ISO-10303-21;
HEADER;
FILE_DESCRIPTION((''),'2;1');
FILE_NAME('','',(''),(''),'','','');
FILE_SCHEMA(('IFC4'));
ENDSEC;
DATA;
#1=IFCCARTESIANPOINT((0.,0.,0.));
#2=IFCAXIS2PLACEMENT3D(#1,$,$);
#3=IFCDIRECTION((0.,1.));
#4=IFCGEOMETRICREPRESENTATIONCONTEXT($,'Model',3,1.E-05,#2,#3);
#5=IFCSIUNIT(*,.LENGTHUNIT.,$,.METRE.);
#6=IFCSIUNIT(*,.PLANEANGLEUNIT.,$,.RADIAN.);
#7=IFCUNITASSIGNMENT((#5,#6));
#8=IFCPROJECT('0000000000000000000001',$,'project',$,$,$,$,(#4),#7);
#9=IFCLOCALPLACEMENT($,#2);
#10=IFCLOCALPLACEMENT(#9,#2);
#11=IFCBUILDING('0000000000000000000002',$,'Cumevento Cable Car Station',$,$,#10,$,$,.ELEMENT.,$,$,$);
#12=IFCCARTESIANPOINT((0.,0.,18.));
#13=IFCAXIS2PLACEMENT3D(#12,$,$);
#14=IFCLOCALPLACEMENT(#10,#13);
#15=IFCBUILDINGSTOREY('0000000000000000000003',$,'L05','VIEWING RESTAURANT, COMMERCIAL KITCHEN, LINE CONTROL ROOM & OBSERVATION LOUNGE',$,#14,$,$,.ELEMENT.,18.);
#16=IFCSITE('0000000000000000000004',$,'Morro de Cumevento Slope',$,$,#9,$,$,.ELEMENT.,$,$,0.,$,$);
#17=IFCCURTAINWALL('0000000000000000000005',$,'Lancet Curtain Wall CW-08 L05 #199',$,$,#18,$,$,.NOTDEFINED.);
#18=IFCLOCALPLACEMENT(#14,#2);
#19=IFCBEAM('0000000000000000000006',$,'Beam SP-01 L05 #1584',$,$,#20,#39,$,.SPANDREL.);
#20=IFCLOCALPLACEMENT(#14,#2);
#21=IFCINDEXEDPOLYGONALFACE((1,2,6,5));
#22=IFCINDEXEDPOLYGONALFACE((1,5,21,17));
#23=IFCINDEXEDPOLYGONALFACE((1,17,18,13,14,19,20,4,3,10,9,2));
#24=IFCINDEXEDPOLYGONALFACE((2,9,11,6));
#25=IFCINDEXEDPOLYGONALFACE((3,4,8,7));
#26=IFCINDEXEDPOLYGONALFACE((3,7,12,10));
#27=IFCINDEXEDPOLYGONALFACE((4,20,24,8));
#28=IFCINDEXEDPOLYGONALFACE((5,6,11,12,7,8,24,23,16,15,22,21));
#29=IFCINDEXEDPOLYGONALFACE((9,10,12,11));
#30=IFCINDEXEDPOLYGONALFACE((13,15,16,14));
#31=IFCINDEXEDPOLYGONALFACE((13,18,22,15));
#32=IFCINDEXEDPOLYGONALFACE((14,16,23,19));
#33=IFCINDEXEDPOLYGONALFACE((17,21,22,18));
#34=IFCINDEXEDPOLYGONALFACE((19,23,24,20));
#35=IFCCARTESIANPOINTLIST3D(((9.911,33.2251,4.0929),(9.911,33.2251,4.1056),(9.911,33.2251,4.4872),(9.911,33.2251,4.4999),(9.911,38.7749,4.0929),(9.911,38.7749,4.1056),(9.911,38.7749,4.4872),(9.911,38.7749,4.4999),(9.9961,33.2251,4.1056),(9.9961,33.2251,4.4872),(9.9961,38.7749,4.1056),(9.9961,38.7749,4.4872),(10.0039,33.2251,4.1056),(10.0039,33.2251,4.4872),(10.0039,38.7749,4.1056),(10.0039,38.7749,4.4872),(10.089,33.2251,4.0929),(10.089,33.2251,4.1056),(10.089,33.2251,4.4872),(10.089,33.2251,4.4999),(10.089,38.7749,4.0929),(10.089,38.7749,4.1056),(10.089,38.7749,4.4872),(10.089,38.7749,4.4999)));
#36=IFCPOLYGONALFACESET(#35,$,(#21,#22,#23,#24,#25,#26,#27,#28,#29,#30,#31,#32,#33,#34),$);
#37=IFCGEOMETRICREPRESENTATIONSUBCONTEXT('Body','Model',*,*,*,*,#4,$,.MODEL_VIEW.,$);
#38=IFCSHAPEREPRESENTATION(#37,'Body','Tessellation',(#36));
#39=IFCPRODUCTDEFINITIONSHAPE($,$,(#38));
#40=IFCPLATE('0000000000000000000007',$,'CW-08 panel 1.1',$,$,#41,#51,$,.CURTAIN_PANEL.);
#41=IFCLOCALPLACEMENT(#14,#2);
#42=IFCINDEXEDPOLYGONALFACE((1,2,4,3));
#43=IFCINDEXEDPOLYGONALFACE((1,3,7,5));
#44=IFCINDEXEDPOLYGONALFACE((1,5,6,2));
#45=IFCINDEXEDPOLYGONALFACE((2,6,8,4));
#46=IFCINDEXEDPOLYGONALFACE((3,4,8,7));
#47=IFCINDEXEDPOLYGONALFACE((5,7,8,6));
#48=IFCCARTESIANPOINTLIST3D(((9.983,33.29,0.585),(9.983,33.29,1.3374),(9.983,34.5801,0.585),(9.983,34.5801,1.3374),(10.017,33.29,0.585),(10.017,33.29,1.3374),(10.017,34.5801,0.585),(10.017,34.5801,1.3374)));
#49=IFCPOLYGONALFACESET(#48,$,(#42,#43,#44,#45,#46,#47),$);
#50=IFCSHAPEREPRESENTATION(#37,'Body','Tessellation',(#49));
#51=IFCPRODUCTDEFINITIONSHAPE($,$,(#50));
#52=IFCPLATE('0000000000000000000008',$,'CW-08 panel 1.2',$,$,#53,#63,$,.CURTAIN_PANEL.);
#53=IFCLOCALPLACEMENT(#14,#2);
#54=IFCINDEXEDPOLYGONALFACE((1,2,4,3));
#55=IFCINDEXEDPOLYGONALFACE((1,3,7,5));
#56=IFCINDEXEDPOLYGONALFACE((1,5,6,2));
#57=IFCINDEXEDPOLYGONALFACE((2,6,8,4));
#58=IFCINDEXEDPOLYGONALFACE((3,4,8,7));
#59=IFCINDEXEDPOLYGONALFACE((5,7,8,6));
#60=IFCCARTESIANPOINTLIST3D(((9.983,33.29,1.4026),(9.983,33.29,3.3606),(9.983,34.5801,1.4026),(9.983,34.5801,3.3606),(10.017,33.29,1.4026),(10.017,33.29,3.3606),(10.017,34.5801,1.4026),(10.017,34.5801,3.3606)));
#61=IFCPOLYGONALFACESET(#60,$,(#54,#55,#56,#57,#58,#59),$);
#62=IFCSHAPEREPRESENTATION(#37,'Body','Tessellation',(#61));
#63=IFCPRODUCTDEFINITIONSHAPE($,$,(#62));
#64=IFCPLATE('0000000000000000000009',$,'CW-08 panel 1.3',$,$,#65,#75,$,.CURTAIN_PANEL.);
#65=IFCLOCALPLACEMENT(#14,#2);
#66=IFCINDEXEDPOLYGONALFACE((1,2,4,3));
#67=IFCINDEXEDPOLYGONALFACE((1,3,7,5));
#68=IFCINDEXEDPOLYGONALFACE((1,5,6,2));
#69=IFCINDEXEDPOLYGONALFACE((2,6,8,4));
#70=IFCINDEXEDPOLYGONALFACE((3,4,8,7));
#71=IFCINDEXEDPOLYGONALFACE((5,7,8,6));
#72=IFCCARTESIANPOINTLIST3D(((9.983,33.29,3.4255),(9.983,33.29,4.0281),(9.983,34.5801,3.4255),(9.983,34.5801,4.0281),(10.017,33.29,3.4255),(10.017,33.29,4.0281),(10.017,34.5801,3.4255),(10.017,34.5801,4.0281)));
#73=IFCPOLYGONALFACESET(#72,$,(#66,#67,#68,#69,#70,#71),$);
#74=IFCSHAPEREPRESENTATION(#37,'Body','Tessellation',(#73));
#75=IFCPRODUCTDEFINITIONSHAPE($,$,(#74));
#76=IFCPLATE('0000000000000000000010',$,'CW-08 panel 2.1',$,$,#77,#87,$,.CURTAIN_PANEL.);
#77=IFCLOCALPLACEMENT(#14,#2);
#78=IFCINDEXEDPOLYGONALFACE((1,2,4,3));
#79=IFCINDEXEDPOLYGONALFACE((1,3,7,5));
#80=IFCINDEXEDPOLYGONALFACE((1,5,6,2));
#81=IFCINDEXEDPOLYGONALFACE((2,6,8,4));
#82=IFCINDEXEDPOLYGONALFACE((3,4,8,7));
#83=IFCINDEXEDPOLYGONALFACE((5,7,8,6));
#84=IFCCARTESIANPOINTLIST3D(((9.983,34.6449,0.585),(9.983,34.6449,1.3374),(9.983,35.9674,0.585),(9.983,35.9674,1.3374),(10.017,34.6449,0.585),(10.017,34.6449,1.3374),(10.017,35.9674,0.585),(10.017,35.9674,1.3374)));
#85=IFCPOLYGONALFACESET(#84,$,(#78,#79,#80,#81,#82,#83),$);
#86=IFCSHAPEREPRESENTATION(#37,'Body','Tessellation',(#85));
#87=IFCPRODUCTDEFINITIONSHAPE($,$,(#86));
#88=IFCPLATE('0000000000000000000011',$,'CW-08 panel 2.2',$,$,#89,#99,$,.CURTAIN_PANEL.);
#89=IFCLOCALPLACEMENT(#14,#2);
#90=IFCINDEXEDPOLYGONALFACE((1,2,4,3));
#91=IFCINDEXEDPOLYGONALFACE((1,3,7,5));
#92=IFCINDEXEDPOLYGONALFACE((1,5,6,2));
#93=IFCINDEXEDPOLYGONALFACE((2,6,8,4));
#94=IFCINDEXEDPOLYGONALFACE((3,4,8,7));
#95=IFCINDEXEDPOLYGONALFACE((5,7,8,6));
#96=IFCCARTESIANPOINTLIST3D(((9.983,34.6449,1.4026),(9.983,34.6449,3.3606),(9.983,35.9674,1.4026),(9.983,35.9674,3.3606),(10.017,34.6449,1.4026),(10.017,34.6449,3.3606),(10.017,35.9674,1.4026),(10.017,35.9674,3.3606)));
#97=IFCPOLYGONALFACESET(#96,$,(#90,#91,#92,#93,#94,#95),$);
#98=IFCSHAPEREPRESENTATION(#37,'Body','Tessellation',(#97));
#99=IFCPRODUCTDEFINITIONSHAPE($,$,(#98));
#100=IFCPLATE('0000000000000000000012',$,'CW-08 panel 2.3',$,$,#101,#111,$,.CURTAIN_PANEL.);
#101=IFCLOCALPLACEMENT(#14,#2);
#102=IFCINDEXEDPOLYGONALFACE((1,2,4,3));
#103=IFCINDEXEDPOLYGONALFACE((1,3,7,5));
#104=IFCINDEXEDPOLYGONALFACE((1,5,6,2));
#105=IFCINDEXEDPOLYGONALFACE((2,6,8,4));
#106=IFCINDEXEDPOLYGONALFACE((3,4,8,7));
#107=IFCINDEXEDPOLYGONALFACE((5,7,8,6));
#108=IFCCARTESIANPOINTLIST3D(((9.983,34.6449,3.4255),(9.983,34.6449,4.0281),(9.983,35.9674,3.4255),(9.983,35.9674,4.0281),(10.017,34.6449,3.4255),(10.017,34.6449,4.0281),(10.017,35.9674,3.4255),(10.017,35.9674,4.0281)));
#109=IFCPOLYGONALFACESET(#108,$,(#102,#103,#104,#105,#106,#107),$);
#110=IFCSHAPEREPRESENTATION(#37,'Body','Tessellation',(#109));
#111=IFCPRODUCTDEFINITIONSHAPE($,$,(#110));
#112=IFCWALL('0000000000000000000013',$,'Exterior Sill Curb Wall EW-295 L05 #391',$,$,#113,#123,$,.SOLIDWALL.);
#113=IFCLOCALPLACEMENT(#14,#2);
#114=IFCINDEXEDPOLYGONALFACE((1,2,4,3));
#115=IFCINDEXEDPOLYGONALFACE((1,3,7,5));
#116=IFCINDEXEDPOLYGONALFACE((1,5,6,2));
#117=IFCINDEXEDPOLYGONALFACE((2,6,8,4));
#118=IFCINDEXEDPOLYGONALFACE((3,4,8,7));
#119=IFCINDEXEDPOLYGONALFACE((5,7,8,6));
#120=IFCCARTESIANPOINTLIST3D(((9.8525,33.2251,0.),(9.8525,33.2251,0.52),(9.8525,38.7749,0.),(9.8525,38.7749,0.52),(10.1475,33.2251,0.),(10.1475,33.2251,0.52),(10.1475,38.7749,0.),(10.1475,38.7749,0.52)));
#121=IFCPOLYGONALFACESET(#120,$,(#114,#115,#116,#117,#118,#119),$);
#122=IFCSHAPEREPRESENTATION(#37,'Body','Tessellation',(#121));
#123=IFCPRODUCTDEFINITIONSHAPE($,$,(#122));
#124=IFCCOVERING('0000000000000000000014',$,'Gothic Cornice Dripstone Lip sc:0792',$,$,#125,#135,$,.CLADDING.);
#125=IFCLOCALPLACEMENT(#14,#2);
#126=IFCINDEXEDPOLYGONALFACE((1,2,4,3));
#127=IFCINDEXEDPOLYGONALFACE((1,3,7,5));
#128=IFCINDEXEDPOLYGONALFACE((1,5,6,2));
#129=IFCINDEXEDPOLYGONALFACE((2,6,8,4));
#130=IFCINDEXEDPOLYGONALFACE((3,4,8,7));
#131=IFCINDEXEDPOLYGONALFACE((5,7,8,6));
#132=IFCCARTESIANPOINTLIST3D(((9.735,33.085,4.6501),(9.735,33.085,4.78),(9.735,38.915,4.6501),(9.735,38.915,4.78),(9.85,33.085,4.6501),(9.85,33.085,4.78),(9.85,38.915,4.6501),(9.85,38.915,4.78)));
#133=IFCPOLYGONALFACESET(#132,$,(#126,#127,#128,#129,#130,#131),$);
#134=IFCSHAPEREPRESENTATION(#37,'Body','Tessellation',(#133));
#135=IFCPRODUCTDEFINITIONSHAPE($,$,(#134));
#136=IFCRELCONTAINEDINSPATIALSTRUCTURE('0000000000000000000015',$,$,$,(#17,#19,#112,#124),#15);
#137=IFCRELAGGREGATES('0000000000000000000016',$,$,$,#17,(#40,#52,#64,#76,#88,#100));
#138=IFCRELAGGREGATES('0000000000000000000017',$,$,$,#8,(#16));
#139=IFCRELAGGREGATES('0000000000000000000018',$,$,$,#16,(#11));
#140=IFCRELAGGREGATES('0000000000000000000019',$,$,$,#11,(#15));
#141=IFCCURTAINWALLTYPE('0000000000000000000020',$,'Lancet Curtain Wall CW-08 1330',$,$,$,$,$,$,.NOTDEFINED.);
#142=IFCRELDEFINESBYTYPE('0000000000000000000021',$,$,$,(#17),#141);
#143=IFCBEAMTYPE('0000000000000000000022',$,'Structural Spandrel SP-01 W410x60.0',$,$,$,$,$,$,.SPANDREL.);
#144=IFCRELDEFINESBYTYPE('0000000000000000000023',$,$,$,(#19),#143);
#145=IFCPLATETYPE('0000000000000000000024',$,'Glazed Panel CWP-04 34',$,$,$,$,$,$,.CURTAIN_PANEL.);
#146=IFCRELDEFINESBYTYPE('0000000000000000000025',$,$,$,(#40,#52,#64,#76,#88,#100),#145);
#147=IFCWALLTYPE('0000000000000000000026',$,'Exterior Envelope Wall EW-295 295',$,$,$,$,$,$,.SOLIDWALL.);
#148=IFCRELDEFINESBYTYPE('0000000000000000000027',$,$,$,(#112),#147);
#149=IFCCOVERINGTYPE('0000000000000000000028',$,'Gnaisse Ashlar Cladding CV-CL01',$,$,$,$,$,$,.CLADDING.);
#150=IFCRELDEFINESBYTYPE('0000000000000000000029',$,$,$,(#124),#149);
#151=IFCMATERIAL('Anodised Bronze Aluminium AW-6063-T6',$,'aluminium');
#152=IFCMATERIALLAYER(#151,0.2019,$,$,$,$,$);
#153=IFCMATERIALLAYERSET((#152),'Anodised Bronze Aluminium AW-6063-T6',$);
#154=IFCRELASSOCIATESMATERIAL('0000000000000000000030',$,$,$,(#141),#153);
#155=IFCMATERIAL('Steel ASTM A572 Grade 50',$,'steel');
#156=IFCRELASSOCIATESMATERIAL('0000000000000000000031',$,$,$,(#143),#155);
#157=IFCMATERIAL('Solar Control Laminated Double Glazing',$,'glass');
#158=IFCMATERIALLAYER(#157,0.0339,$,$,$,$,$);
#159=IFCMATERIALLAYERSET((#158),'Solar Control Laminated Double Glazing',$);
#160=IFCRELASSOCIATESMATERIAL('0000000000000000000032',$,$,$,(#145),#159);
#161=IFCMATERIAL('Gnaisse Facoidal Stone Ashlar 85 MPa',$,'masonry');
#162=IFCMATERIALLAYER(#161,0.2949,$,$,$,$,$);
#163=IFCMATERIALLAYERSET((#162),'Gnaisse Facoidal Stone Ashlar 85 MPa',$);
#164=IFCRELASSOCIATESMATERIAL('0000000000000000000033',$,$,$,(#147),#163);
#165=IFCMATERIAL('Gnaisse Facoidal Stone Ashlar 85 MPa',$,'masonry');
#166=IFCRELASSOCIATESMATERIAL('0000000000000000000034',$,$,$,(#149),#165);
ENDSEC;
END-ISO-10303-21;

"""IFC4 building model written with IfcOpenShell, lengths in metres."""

from ifc_helpers import new_model, si_unit, direction, frame, frame_2d, origin, origin_2d, place, context, subcontext, project, spatial, rectangle, i_section, extrude, material, layer, layer_set, material_profile, profile_set, type_object, element, aggregate, save


model = new_model("IFC4")

# Units and contexts
model_context = context("Model", 3, precision=1e-05, world=origin(), true_north=direction((0.0, 1.0)))
body_context = subcontext(model_context, "Body", "Model", "MODEL_VIEW")
ifc_project = project(units=[si_unit("LENGTHUNIT", "METRE"), si_unit("PLANEANGLEUNIT", "RADIAN")], contexts=[model_context])

# Site, building, storey
site_placement = place(None, origin())
site = spatial("IfcSite", under=ifc_project, at=site_placement, Name="Morro de Cumevento Slope", CompositionType="ELEMENT", RefElevation=0.0)
building_placement = place(site_placement, origin())
building = spatial("IfcBuilding", under=site, at=building_placement, Name="Cumevento Cable Car Station", CompositionType="ELEMENT")
storey_placement = place(building_placement, frame((0.0, 0.0, 18.0)))
storey = spatial("IfcBuildingStorey", under=building, at=storey_placement, Name="L05", Description="VIEWING RESTAURANT, COMMERCIAL KITCHEN, LINE CONTROL ROOM & OBSERVATION LOUNGE", CompositionType="ELEMENT", Elevation=18.0)

# Curtain wall
ifc_material_1 = material(Name="Anodised Bronze Aluminium AW-6063-T6", Category="aluminium")
ifc_layer_1 = layer(ifc_material_1, 0.2019)
ifc_layer_set_1 = layer_set([ifc_layer_1], Name="Anodised Bronze Aluminium AW-6063-T6")
curtain_wall_type = type_object("IfcCurtainWallType", Name="Lancet Curtain Wall CW-08 1330", PredefinedType="NOTDEFINED", material=ifc_layer_set_1)
curtain_wall_placement = place(storey_placement, origin())
curtain_wall = element("IfcCurtainWall", 1, at=curtain_wall_placement, inside=storey, type_object=curtain_wall_type, Name="Lancet Curtain Wall CW-08 L05 #199", PredefinedType="NOTDEFINED")

# Beam
ifc_material_2 = material(Name="Steel ASTM A572 Grade 50", Category="steel")
ifc_material_profile_1 = material_profile(ifc_material_2, i_section(OverallWidth=0.178, OverallDepth=0.407, WebThickness=0.0078, FlangeThickness=0.0127, at=origin_2d()), Name="W410x60.0")
ifc_profile_set_1 = profile_set([ifc_material_profile_1], Name="Steel ASTM A572 Grade 50")
beam_type = type_object("IfcBeamType", Name="Structural Spandrel SP-01 W410x60.0", PredefinedType="SPANDREL", material=ifc_profile_set_1)
beam_placement = place(storey_placement, frame((10.0, 33.2251, 4.2964), z_axis=(0.0, 1.0, 0.0), x_axis=(-1.0, 0.0, 0.0)))
element("IfcBeam", 2, at=beam_placement, inside=storey, type_object=beam_type, Name="Beam SP-01 L05 #1584", PredefinedType="SPANDREL", context=body_context, shape_type="SweptSolid", body=[
    extrude(i_section(OverallWidth=0.178, OverallDepth=0.407, WebThickness=0.0078, FlangeThickness=0.0127, at=origin_2d()), origin(), (0.0, 0.0, 1.0), 5.5498),
])

# Plates
ifc_material_3 = material(Name="Solar Control Laminated Double Glazing", Category="glass")
ifc_layer_2 = layer(ifc_material_3, 0.0339)
ifc_layer_set_2 = layer_set([ifc_layer_2], Name="Solar Control Laminated Double Glazing")
plate_type = type_object("IfcPlateType", Name="Glazed Panel CWP-04 34", PredefinedType="CURTAIN_PANEL", material=ifc_layer_set_2)
plate_1_placement = place(storey_placement, frame((10.0, 33.9351, 0.585), z_axis=(0.0, 0.0, 1.0), x_axis=(0.0, 1.0, 0.0)))
plate_1 = element("IfcPlate", 3, at=plate_1_placement, type_object=plate_type, Name="CW-08 panel 1.1", PredefinedType="CURTAIN_PANEL", context=body_context, shape_type="SweptSolid", body=[
    extrude(rectangle(XDim=1.29, YDim=0.0339, at=origin_2d()), origin(), (0.0, 0.0, 1.0), 0.7524),
])
plate_2_placement = place(storey_placement, frame((10.0, 33.9351, 1.4026), z_axis=(0.0, 0.0, 1.0), x_axis=(0.0, 1.0, 0.0)))
plate_2 = element("IfcPlate", 4, at=plate_2_placement, type_object=plate_type, Name="CW-08 panel 1.2", PredefinedType="CURTAIN_PANEL", context=body_context, shape_type="SweptSolid", body=[
    extrude(rectangle(XDim=1.29, YDim=0.0339, at=origin_2d()), origin(), (0.0, 0.0, 1.0), 1.958),
])
plate_3_placement = place(storey_placement, frame((10.0, 33.9351, 3.4255), z_axis=(0.0, 0.0, 1.0), x_axis=(0.0, 1.0, 0.0)))
plate_3 = element("IfcPlate", 5, at=plate_3_placement, type_object=plate_type, Name="CW-08 panel 1.3", PredefinedType="CURTAIN_PANEL", context=body_context, shape_type="SweptSolid", body=[
    extrude(rectangle(XDim=1.29, YDim=0.0339, at=origin_2d()), origin(), (0.0, 0.0, 1.0), 0.6025),
])
plate_4_placement = place(storey_placement, frame((10.0, 35.3062, 0.585), z_axis=(0.0, 0.0, 1.0), x_axis=(0.0, 1.0, 0.0)))
plate_4 = element("IfcPlate", 6, at=plate_4_placement, type_object=plate_type, Name="CW-08 panel 2.1", PredefinedType="CURTAIN_PANEL", context=body_context, shape_type="SweptSolid", body=[
    extrude(rectangle(XDim=1.3225, YDim=0.0339, at=origin_2d()), origin(), (0.0, 0.0, 1.0), 0.7524),
])
plate_5_placement = place(storey_placement, frame((10.0, 35.3062, 1.4026), z_axis=(0.0, 0.0, 1.0), x_axis=(0.0, 1.0, 0.0)))
plate_5 = element("IfcPlate", 7, at=plate_5_placement, type_object=plate_type, Name="CW-08 panel 2.2", PredefinedType="CURTAIN_PANEL", context=body_context, shape_type="SweptSolid", body=[
    extrude(rectangle(XDim=1.3225, YDim=0.0339, at=origin_2d()), origin(), (0.0, 0.0, 1.0), 1.958),
])
plate_6_placement = place(storey_placement, frame((10.0, 35.3062, 3.4255), z_axis=(0.0, 0.0, 1.0), x_axis=(0.0, 1.0, 0.0)))
plate_6 = element("IfcPlate", 8, at=plate_6_placement, type_object=plate_type, Name="CW-08 panel 2.3", PredefinedType="CURTAIN_PANEL", context=body_context, shape_type="SweptSolid", body=[
    extrude(rectangle(XDim=1.3225, YDim=0.0339, at=origin_2d()), origin(), (0.0, 0.0, 1.0), 0.6025),
])
aggregate(curtain_wall, [plate_1, plate_2, plate_3, plate_4, plate_5, plate_6])

# Wall
ifc_material_4 = material(Name="Gnaisse Facoidal Stone Ashlar 85 MPa", Category="masonry")
ifc_layer_3 = layer(ifc_material_4, 0.2949)
ifc_layer_set_3 = layer_set([ifc_layer_3], Name="Gnaisse Facoidal Stone Ashlar 85 MPa")
wall_type = type_object("IfcWallType", Name="Exterior Envelope Wall EW-295 295", PredefinedType="SOLIDWALL", material=ifc_layer_set_3)
wall_placement = place(storey_placement, frame((10.0, 33.2251, 0.0), z_axis=(0.0, 0.0, 1.0), x_axis=(0.0, 1.0, 0.0)))
element("IfcWall", 9, at=wall_placement, inside=storey, type_object=wall_type, Name="Exterior Sill Curb Wall EW-295 L05 #391", PredefinedType="SOLIDWALL", context=body_context, shape_type="SweptSolid", body=[
    extrude(rectangle(XDim=5.5498, YDim=0.2949, at=frame_2d((2.7749, 0.0))), origin(), (0.0, 0.0, 1.0), 0.52),
])

# Covering
ifc_material_5 = material(Name="Gnaisse Facoidal Stone Ashlar 85 MPa", Category="masonry")
covering_type = type_object("IfcCoveringType", Name="Gnaisse Ashlar Cladding CV-CL01", PredefinedType="CLADDING", material=ifc_material_5)
covering_1_placement = place(storey_placement, frame((9.7925, 36.0, 4.6501), z_axis=(0.0, 0.0, 1.0), x_axis=(0.0, 1.0, 0.0)))
element("IfcCovering", 10, at=covering_1_placement, inside=storey, type_object=covering_type, Name="Gothic Cornice Dripstone Lip sc:0792", PredefinedType="CLADDING", context=body_context, shape_type="SweptSolid", body=[
    extrude(rectangle(XDim=5.8301, YDim=0.115, at=origin_2d()), origin(), (0.0, 0.0, 1.0), 0.1299),
])

save(model, "model.ifc")
